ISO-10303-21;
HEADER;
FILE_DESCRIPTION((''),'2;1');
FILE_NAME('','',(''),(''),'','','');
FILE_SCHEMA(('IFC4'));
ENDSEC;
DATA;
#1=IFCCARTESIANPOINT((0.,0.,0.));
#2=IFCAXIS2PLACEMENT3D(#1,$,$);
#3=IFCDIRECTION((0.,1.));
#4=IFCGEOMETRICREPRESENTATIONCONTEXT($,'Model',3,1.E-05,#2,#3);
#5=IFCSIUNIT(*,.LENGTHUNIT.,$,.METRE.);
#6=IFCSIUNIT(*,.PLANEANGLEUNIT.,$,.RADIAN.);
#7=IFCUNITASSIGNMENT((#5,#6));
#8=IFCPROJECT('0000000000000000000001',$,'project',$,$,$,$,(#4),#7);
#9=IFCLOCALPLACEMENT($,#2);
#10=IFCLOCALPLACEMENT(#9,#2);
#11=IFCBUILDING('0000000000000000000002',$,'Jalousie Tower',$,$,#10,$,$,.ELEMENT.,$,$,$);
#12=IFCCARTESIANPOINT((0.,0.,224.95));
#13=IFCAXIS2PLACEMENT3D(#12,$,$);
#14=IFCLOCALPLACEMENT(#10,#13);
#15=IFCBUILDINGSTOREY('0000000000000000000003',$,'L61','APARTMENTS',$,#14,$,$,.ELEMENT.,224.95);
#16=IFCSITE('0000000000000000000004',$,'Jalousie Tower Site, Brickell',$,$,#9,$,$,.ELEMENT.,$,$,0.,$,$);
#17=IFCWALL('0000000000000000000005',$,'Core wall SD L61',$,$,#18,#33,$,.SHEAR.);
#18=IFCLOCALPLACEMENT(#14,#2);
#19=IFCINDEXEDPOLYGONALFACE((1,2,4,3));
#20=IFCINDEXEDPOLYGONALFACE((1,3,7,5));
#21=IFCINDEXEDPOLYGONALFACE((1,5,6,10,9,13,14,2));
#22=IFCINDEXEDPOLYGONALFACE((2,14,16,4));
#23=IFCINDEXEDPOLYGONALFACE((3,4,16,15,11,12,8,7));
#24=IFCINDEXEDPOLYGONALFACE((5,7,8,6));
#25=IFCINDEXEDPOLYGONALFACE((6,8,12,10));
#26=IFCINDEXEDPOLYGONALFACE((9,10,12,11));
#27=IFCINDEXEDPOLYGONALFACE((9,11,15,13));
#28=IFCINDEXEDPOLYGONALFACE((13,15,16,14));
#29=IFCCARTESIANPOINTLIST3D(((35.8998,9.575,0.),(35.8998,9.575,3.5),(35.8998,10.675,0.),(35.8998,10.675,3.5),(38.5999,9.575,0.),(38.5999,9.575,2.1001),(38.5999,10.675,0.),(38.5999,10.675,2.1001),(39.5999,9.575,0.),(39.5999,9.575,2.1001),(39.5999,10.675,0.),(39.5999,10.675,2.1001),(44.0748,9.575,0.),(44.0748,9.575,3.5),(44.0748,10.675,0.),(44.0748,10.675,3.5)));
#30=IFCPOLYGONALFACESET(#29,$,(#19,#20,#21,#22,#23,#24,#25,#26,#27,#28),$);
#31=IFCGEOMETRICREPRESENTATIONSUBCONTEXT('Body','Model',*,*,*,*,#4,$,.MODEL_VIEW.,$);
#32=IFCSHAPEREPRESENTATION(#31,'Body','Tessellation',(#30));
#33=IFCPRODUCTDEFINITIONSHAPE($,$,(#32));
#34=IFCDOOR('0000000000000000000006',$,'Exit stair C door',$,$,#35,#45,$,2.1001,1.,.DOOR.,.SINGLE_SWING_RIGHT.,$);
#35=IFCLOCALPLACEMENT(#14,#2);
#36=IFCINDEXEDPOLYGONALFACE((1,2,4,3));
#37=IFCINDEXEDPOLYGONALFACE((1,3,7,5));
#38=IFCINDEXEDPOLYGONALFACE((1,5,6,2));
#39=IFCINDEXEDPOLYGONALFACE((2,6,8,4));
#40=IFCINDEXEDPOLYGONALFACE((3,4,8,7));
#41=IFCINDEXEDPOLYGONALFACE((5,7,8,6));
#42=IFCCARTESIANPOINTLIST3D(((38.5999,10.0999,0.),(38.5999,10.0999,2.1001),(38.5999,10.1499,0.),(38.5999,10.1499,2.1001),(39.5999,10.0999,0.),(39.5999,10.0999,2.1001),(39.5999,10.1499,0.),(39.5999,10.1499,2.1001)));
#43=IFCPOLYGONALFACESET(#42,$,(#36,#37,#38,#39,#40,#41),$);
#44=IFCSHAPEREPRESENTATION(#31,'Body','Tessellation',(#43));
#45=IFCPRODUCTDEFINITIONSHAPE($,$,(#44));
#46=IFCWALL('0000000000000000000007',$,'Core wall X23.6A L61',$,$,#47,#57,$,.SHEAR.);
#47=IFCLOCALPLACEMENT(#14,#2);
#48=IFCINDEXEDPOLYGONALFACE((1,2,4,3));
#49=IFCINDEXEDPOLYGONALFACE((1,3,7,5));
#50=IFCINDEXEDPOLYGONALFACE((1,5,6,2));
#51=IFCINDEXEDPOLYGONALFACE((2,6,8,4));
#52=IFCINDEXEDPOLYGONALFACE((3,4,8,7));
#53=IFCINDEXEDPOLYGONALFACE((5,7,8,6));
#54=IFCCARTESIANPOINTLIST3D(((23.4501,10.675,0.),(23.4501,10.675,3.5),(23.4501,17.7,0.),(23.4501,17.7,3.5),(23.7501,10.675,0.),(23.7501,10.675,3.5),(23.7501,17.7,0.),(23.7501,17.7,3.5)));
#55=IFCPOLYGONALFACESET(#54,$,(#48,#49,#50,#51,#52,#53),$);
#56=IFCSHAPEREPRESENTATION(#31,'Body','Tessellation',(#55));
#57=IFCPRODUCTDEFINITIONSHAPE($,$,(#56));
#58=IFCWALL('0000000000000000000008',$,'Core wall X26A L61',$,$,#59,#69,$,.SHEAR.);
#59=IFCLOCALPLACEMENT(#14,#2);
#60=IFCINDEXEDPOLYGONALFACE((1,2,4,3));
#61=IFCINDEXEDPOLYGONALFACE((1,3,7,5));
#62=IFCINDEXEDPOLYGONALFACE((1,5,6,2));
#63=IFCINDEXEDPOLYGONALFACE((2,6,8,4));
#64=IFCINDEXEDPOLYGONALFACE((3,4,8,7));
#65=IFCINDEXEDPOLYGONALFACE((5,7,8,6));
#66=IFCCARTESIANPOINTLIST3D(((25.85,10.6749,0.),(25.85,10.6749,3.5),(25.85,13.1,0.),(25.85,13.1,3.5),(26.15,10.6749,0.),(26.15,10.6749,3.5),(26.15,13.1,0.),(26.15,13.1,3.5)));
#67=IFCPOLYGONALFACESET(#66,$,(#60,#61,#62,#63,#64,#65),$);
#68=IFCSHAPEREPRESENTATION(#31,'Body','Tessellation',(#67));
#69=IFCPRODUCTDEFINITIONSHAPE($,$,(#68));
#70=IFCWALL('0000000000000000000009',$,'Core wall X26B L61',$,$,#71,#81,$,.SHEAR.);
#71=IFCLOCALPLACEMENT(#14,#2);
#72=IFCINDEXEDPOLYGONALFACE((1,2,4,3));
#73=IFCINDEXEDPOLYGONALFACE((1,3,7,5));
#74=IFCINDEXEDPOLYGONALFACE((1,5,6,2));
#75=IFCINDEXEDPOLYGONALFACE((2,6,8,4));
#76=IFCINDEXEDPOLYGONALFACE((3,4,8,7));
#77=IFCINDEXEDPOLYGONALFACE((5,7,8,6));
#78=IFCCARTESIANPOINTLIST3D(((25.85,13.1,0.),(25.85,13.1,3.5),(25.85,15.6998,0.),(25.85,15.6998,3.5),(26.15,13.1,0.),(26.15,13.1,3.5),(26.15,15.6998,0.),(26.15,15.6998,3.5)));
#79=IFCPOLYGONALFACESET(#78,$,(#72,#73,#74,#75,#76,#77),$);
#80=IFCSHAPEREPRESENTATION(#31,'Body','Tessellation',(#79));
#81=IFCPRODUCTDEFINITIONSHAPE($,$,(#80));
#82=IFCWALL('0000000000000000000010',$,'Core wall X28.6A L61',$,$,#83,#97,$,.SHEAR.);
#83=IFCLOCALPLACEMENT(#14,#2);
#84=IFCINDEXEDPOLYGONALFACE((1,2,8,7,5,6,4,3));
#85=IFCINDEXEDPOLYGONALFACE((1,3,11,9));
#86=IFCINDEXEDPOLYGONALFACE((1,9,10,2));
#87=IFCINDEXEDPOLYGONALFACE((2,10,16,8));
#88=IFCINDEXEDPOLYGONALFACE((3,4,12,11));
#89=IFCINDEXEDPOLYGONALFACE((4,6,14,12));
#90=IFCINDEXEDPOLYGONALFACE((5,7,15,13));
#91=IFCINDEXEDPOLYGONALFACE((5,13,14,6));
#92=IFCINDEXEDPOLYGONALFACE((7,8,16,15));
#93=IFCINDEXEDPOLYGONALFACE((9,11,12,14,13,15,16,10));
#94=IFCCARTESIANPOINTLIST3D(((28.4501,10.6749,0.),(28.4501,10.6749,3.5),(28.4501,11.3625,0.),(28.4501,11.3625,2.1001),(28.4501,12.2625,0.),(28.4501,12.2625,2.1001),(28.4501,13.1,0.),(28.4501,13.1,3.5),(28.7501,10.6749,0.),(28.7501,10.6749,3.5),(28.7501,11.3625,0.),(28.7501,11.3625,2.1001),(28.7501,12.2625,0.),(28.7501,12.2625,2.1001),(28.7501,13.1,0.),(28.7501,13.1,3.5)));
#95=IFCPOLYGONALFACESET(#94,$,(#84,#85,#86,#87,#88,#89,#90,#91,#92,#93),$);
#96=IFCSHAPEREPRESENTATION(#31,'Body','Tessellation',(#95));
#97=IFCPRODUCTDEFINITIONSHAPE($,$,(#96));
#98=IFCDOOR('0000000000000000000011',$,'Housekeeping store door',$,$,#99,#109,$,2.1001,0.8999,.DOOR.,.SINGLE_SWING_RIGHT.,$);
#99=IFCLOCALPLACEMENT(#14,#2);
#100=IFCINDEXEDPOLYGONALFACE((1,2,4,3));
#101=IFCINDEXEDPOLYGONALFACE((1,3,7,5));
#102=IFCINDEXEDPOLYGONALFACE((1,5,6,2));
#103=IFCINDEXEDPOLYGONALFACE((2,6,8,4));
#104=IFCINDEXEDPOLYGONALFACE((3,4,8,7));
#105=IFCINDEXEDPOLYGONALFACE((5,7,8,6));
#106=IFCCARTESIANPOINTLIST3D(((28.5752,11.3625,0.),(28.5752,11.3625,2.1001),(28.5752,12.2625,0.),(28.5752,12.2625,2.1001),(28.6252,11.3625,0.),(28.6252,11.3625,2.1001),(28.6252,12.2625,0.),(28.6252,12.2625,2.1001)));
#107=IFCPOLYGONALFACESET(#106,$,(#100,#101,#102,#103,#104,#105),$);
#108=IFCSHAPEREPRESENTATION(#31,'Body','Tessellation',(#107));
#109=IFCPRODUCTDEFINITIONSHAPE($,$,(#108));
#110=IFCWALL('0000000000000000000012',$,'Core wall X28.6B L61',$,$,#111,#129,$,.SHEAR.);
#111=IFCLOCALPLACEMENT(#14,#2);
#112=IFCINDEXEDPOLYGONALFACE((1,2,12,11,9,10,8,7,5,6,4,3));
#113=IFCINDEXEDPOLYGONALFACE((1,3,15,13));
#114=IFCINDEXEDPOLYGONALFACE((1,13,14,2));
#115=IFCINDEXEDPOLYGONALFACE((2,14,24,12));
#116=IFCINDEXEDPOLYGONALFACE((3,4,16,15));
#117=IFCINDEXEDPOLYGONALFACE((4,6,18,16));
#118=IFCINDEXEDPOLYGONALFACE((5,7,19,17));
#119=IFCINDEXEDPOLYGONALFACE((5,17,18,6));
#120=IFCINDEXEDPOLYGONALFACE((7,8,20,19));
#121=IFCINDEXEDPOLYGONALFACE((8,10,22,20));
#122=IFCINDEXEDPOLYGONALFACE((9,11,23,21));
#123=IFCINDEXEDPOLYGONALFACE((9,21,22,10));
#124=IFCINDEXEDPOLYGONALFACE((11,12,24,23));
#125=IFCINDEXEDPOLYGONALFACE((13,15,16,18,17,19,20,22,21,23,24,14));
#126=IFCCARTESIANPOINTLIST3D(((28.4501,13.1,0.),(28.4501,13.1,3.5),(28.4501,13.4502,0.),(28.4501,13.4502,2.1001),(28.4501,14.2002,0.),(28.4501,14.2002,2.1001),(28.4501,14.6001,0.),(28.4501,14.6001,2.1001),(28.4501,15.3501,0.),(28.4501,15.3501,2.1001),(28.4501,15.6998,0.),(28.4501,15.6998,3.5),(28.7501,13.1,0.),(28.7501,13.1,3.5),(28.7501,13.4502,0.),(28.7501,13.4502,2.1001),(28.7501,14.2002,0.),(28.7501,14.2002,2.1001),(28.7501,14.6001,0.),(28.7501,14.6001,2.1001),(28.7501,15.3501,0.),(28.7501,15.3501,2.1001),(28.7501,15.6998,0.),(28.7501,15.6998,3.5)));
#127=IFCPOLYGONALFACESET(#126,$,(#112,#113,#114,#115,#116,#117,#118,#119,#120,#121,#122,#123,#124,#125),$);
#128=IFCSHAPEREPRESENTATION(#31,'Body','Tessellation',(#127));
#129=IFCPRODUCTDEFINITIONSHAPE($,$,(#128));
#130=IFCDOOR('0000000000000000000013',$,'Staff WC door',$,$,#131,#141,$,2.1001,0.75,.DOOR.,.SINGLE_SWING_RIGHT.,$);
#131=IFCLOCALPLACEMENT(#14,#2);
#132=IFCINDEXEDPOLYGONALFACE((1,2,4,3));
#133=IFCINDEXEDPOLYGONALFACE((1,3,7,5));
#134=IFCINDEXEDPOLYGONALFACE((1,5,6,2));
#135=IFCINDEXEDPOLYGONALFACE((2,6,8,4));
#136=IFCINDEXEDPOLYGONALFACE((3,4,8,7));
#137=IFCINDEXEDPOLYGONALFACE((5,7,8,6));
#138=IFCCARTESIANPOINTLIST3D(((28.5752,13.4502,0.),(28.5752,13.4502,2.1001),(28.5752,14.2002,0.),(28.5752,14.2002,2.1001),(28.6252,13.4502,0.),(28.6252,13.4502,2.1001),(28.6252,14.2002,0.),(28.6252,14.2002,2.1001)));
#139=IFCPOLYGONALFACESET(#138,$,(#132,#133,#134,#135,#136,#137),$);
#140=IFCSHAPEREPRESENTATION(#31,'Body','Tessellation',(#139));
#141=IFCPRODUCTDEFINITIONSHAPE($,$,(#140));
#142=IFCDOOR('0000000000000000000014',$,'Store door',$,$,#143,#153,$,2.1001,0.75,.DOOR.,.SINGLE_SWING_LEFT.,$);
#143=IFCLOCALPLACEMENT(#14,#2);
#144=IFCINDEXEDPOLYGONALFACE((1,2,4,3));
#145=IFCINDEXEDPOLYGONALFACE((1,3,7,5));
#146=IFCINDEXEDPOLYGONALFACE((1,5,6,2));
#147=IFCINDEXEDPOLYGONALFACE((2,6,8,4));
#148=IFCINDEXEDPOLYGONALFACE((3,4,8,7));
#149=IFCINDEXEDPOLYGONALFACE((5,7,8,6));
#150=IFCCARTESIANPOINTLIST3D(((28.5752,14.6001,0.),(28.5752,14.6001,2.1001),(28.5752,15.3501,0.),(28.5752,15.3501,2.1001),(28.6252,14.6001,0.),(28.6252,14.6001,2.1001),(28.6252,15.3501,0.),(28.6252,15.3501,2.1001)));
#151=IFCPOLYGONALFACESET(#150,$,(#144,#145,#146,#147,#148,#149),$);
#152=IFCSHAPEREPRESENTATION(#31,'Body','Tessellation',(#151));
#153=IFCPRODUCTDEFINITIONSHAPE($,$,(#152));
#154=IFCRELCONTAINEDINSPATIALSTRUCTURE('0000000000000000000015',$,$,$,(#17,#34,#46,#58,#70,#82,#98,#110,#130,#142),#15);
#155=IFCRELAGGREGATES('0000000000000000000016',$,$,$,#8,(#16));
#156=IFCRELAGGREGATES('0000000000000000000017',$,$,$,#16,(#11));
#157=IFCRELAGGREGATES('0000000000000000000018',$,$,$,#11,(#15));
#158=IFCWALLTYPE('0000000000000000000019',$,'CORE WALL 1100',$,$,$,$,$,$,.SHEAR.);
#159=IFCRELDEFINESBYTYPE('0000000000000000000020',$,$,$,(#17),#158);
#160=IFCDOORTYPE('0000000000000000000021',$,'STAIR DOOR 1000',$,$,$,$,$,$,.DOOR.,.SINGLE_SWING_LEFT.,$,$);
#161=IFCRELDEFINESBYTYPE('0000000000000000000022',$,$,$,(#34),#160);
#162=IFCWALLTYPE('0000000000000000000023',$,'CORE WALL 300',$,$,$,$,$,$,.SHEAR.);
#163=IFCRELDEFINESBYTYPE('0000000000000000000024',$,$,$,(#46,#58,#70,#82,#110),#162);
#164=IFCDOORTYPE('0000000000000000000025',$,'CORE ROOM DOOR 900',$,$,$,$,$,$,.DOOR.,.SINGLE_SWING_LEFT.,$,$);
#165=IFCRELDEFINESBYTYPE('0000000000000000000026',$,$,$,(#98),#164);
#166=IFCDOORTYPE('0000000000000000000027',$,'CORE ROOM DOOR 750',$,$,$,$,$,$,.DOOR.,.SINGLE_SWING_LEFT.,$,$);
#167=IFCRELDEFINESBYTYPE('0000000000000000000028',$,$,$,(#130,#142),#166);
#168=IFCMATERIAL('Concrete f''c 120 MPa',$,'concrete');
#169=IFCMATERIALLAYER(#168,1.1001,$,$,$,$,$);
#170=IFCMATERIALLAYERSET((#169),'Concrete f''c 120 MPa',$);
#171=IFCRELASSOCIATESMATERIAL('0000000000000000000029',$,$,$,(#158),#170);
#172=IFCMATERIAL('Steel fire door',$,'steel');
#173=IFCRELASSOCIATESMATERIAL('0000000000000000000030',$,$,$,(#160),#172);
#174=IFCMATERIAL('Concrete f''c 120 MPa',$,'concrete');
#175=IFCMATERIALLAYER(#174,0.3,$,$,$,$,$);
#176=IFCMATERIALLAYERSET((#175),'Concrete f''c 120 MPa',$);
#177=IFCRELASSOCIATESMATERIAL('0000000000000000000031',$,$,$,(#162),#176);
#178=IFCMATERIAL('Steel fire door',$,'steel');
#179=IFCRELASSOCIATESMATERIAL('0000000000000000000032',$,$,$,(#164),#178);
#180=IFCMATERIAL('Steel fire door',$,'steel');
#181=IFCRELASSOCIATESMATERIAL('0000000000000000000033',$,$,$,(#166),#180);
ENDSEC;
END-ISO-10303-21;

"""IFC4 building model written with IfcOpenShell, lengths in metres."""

from ifc_helpers import new_model, si_unit, direction, frame, frame_2d, origin, place, context, subcontext, project, spatial, rectangle, extrude, material, layer, layer_set, type_object, element, fill, save


model = new_model("IFC4")

# Units and contexts
model_context = context("Model", 3, precision=1e-05, world=origin(), true_north=direction((0.0, 1.0)))
body_context = subcontext(model_context, "Body", "Model", "MODEL_VIEW")
ifc_project = project(units=[si_unit("LENGTHUNIT", "METRE"), si_unit("PLANEANGLEUNIT", "RADIAN")], contexts=[model_context])

# Site, building, storey
site_placement = place(None, origin())
site = spatial("IfcSite", under=ifc_project, at=site_placement, Name="Jalousie Tower Site, Brickell", CompositionType="ELEMENT", RefElevation=0.0)
building_placement = place(site_placement, origin())
building = spatial("IfcBuilding", under=site, at=building_placement, Name="Jalousie Tower", CompositionType="ELEMENT")
storey_placement = place(building_placement, frame((0.0, 0.0, 224.95)))
storey = spatial("IfcBuildingStorey", under=building, at=storey_placement, Name="L61", Description="APARTMENTS", CompositionType="ELEMENT", Elevation=224.95)

# Wall, opening, door
ifc_material_1 = material(Name="Concrete f'c 120 MPa", Category="concrete")
ifc_layer_1 = layer(ifc_material_1, 1.1001)
ifc_layer_set_1 = layer_set([ifc_layer_1], Name="Concrete f'c 120 MPa")
wall_type_1 = type_object("IfcWallType", Name="CORE WALL 1100", PredefinedType="SHEAR", material=ifc_layer_set_1)
wall_1_placement = place(storey_placement, frame((35.8999, 10.125, 0.0), z_axis=(0.0, 0.0, 1.0), x_axis=(1.0, 0.0, 0.0)))
wall_1 = element("IfcWall", 1, at=wall_1_placement, inside=storey, type_object=wall_type_1, Name="Core wall SD L61", PredefinedType="SHEAR", context=body_context, shape_type="SweptSolid", body=[
    extrude(rectangle(XDim=8.175, YDim=1.1001, at=frame_2d((4.0874, 0.0))), origin(), (0.0, 0.0, 1.0), 3.5),
])
opening_1_placement = place(wall_1_placement, frame((2.7, 0.0, 0.0)))
opening_1 = element("IfcOpeningElement", 2, at=opening_1_placement, cuts=wall_1, PredefinedType="OPENING", context=body_context, shape_type="SweptSolid", body=[
    extrude(rectangle(XDim=1.0, YDim=2.1001, at=frame_2d((0.5, 1.05))), frame((0.0, 0.5601, 0.0), z_axis=(0.0, -1.0, 0.0), x_axis=(1.0, 0.0, 0.0)), (0.0, 0.0, 1.0), 1.1201),
])
ifc_material_2 = material(Name="Steel fire door", Category="steel")
door_type_1 = type_object("IfcDoorType", Name="STAIR DOOR 1000", OperationType="SINGLE_SWING_LEFT", PredefinedType="DOOR", material=ifc_material_2)
door_1_placement = place(opening_1_placement, origin())
door_1 = element("IfcDoor", 3, at=door_1_placement, inside=storey, type_object=door_type_1, Name="Exit stair C door", OperationType="SINGLE_SWING_RIGHT", OverallHeight=2.1001, OverallWidth=1.0, PredefinedType="DOOR", context=body_context, shape_type="SweptSolid", body=[
    extrude(rectangle(XDim=1.0, YDim=2.1001, at=frame_2d((0.5, 1.05))), frame((0.0, 0.0249, 0.0), z_axis=(0.0, -1.0, 0.0), x_axis=(1.0, 0.0, 0.0)), (0.0, 0.0, 1.0), 0.05),
])
fill(opening_1, door_1)

# Walls
ifc_material_3 = material(Name="Concrete f'c 120 MPa", Category="concrete")
ifc_layer_2 = layer(ifc_material_3, 0.3)
ifc_layer_set_2 = layer_set([ifc_layer_2], Name="Concrete f'c 120 MPa")
wall_type_2 = type_object("IfcWallType", Name="CORE WALL 300", PredefinedType="SHEAR", material=ifc_layer_set_2)
wall_2_placement = place(storey_placement, frame((23.6001, 10.675, 0.0), z_axis=(0.0, 0.0, 1.0), x_axis=(0.0, 1.0, 0.0)))
element("IfcWall", 4, at=wall_2_placement, inside=storey, type_object=wall_type_2, Name="Core wall X23.6A L61", PredefinedType="SHEAR", context=body_context, shape_type="SweptSolid", body=[
    extrude(rectangle(XDim=7.0249, YDim=0.3, at=frame_2d((3.5125, 0.0))), origin(), (0.0, 0.0, 1.0), 3.5),
])
wall_3_placement = place(storey_placement, frame((26.0, 10.675, 0.0), z_axis=(0.0, 0.0, 1.0), x_axis=(0.0, 1.0, 0.0)))
element("IfcWall", 5, at=wall_3_placement, inside=storey, type_object=wall_type_2, Name="Core wall X26A L61", PredefinedType="SHEAR", context=body_context, shape_type="SweptSolid", body=[
    extrude(rectangle(XDim=2.425, YDim=0.3, at=frame_2d((1.2124, 0.0))), origin(), (0.0, 0.0, 1.0), 3.5),
])
wall_4_placement = place(storey_placement, frame((26.0, 13.1001, 0.0), z_axis=(0.0, 0.0, 1.0), x_axis=(0.0, 1.0, 0.0)))
element("IfcWall", 6, at=wall_4_placement, inside=storey, type_object=wall_type_2, Name="Core wall X26B L61", PredefinedType="SHEAR", context=body_context, shape_type="SweptSolid", body=[
    extrude(rectangle(XDim=2.5999, YDim=0.3, at=frame_2d((1.2998, 0.0))), origin(), (0.0, 0.0, 1.0), 3.5),
])

# Wall, opening, door
wall_5_placement = place(storey_placement, frame((28.6001, 10.675, 0.0), z_axis=(0.0, 0.0, 1.0), x_axis=(0.0, 1.0, 0.0)))
wall_5 = element("IfcWall", 7, at=wall_5_placement, inside=storey, type_object=wall_type_2, Name="Core wall X28.6A L61", PredefinedType="SHEAR", context=body_context, shape_type="SweptSolid", body=[
    extrude(rectangle(XDim=2.425, YDim=0.3, at=frame_2d((1.2124, 0.0))), origin(), (0.0, 0.0, 1.0), 3.5),
])
opening_2_placement = place(wall_5_placement, frame((0.6875, 0.0, 0.0)))
opening_2 = element("IfcOpeningElement", 8, at=opening_2_placement, cuts=wall_5, PredefinedType="OPENING", context=body_context, shape_type="SweptSolid", body=[
    extrude(rectangle(XDim=0.8999, YDim=2.1001, at=frame_2d((0.45, 1.05))), frame((0.0, 0.1599, 0.0), z_axis=(0.0, -1.0, 0.0), x_axis=(1.0, 0.0, 0.0)), (0.0, 0.0, 1.0), 0.3201),
])
ifc_material_4 = material(Name="Steel fire door", Category="steel")
door_type_2 = type_object("IfcDoorType", Name="CORE ROOM DOOR 900", OperationType="SINGLE_SWING_LEFT", PredefinedType="DOOR", material=ifc_material_4)
door_2_placement = place(opening_2_placement, origin())
door_2 = element("IfcDoor", 9, at=door_2_placement, inside=storey, type_object=door_type_2, Name="Housekeeping store door", OperationType="SINGLE_SWING_RIGHT", OverallHeight=2.1001, OverallWidth=0.8999, PredefinedType="DOOR", context=body_context, shape_type="SweptSolid", body=[
    extrude(rectangle(XDim=0.8999, YDim=2.1001, at=frame_2d((0.45, 1.05))), frame((0.0, 0.0249, 0.0), z_axis=(0.0, -1.0, 0.0), x_axis=(1.0, 0.0, 0.0)), (0.0, 0.0, 1.0), 0.05),
])
fill(opening_2, door_2)

# Wall, openings, doors
wall_6_placement = place(storey_placement, frame((28.6001, 13.1001, 0.0), z_axis=(0.0, 0.0, 1.0), x_axis=(0.0, 1.0, 0.0)))
wall_6 = element("IfcWall", 10, at=wall_6_placement, inside=storey, type_object=wall_type_2, Name="Core wall X28.6B L61", PredefinedType="SHEAR", context=body_context, shape_type="SweptSolid", body=[
    extrude(rectangle(XDim=2.5999, YDim=0.3, at=frame_2d((1.2998, 0.0))), origin(), (0.0, 0.0, 1.0), 3.5),
])
opening_3_placement = place(wall_6_placement, frame((0.3501, 0.0, 0.0)))
opening_3 = element("IfcOpeningElement", 11, at=opening_3_placement, cuts=wall_6, PredefinedType="OPENING", context=body_context, shape_type="SweptSolid", body=[
    extrude(rectangle(XDim=0.75, YDim=2.1001, at=frame_2d((0.375, 1.05))), frame((0.0, 0.1599, 0.0), z_axis=(0.0, -1.0, 0.0), x_axis=(1.0, 0.0, 0.0)), (0.0, 0.0, 1.0), 0.3201),
])
opening_4_placement = place(wall_6_placement, frame((1.5, 0.0, 0.0)))
opening_4 = element("IfcOpeningElement", 12, at=opening_4_placement, cuts=wall_6, PredefinedType="OPENING", context=body_context, shape_type="SweptSolid", body=[
    extrude(rectangle(XDim=0.75, YDim=2.1001, at=frame_2d((0.375, 1.05))), frame((0.0, 0.1599, 0.0), z_axis=(0.0, -1.0, 0.0), x_axis=(1.0, 0.0, 0.0)), (0.0, 0.0, 1.0), 0.3201),
])
ifc_material_5 = material(Name="Steel fire door", Category="steel")
door_type_3 = type_object("IfcDoorType", Name="CORE ROOM DOOR 750", OperationType="SINGLE_SWING_LEFT", PredefinedType="DOOR", material=ifc_material_5)
door_3_placement = place(opening_3_placement, origin())
door_3 = element("IfcDoor", 13, at=door_3_placement, inside=storey, type_object=door_type_3, Name="Staff WC door", OperationType="SINGLE_SWING_RIGHT", OverallHeight=2.1001, OverallWidth=0.75, PredefinedType="DOOR", context=body_context, shape_type="SweptSolid", body=[
    extrude(rectangle(XDim=0.75, YDim=2.1001, at=frame_2d((0.375, 1.05))), frame((0.0, 0.0249, 0.0), z_axis=(0.0, -1.0, 0.0), x_axis=(1.0, 0.0, 0.0)), (0.0, 0.0, 1.0), 0.05),
])
fill(opening_3, door_3)
door_4_placement = place(opening_4_placement, origin())
door_4 = element("IfcDoor", 14, at=door_4_placement, inside=storey, type_object=door_type_3, Name="Store door", OperationType="SINGLE_SWING_LEFT", OverallHeight=2.1001, OverallWidth=0.75, PredefinedType="DOOR", context=body_context, shape_type="SweptSolid", body=[
    extrude(rectangle(XDim=0.75, YDim=2.1001, at=frame_2d((0.375, 1.05))), frame((0.0, 0.0249, 0.0), z_axis=(0.0, -1.0, 0.0), x_axis=(1.0, 0.0, 0.0)), (0.0, 0.0, 1.0), 0.05),
])
fill(opening_4, door_4)

save(model, "model.ifc")
